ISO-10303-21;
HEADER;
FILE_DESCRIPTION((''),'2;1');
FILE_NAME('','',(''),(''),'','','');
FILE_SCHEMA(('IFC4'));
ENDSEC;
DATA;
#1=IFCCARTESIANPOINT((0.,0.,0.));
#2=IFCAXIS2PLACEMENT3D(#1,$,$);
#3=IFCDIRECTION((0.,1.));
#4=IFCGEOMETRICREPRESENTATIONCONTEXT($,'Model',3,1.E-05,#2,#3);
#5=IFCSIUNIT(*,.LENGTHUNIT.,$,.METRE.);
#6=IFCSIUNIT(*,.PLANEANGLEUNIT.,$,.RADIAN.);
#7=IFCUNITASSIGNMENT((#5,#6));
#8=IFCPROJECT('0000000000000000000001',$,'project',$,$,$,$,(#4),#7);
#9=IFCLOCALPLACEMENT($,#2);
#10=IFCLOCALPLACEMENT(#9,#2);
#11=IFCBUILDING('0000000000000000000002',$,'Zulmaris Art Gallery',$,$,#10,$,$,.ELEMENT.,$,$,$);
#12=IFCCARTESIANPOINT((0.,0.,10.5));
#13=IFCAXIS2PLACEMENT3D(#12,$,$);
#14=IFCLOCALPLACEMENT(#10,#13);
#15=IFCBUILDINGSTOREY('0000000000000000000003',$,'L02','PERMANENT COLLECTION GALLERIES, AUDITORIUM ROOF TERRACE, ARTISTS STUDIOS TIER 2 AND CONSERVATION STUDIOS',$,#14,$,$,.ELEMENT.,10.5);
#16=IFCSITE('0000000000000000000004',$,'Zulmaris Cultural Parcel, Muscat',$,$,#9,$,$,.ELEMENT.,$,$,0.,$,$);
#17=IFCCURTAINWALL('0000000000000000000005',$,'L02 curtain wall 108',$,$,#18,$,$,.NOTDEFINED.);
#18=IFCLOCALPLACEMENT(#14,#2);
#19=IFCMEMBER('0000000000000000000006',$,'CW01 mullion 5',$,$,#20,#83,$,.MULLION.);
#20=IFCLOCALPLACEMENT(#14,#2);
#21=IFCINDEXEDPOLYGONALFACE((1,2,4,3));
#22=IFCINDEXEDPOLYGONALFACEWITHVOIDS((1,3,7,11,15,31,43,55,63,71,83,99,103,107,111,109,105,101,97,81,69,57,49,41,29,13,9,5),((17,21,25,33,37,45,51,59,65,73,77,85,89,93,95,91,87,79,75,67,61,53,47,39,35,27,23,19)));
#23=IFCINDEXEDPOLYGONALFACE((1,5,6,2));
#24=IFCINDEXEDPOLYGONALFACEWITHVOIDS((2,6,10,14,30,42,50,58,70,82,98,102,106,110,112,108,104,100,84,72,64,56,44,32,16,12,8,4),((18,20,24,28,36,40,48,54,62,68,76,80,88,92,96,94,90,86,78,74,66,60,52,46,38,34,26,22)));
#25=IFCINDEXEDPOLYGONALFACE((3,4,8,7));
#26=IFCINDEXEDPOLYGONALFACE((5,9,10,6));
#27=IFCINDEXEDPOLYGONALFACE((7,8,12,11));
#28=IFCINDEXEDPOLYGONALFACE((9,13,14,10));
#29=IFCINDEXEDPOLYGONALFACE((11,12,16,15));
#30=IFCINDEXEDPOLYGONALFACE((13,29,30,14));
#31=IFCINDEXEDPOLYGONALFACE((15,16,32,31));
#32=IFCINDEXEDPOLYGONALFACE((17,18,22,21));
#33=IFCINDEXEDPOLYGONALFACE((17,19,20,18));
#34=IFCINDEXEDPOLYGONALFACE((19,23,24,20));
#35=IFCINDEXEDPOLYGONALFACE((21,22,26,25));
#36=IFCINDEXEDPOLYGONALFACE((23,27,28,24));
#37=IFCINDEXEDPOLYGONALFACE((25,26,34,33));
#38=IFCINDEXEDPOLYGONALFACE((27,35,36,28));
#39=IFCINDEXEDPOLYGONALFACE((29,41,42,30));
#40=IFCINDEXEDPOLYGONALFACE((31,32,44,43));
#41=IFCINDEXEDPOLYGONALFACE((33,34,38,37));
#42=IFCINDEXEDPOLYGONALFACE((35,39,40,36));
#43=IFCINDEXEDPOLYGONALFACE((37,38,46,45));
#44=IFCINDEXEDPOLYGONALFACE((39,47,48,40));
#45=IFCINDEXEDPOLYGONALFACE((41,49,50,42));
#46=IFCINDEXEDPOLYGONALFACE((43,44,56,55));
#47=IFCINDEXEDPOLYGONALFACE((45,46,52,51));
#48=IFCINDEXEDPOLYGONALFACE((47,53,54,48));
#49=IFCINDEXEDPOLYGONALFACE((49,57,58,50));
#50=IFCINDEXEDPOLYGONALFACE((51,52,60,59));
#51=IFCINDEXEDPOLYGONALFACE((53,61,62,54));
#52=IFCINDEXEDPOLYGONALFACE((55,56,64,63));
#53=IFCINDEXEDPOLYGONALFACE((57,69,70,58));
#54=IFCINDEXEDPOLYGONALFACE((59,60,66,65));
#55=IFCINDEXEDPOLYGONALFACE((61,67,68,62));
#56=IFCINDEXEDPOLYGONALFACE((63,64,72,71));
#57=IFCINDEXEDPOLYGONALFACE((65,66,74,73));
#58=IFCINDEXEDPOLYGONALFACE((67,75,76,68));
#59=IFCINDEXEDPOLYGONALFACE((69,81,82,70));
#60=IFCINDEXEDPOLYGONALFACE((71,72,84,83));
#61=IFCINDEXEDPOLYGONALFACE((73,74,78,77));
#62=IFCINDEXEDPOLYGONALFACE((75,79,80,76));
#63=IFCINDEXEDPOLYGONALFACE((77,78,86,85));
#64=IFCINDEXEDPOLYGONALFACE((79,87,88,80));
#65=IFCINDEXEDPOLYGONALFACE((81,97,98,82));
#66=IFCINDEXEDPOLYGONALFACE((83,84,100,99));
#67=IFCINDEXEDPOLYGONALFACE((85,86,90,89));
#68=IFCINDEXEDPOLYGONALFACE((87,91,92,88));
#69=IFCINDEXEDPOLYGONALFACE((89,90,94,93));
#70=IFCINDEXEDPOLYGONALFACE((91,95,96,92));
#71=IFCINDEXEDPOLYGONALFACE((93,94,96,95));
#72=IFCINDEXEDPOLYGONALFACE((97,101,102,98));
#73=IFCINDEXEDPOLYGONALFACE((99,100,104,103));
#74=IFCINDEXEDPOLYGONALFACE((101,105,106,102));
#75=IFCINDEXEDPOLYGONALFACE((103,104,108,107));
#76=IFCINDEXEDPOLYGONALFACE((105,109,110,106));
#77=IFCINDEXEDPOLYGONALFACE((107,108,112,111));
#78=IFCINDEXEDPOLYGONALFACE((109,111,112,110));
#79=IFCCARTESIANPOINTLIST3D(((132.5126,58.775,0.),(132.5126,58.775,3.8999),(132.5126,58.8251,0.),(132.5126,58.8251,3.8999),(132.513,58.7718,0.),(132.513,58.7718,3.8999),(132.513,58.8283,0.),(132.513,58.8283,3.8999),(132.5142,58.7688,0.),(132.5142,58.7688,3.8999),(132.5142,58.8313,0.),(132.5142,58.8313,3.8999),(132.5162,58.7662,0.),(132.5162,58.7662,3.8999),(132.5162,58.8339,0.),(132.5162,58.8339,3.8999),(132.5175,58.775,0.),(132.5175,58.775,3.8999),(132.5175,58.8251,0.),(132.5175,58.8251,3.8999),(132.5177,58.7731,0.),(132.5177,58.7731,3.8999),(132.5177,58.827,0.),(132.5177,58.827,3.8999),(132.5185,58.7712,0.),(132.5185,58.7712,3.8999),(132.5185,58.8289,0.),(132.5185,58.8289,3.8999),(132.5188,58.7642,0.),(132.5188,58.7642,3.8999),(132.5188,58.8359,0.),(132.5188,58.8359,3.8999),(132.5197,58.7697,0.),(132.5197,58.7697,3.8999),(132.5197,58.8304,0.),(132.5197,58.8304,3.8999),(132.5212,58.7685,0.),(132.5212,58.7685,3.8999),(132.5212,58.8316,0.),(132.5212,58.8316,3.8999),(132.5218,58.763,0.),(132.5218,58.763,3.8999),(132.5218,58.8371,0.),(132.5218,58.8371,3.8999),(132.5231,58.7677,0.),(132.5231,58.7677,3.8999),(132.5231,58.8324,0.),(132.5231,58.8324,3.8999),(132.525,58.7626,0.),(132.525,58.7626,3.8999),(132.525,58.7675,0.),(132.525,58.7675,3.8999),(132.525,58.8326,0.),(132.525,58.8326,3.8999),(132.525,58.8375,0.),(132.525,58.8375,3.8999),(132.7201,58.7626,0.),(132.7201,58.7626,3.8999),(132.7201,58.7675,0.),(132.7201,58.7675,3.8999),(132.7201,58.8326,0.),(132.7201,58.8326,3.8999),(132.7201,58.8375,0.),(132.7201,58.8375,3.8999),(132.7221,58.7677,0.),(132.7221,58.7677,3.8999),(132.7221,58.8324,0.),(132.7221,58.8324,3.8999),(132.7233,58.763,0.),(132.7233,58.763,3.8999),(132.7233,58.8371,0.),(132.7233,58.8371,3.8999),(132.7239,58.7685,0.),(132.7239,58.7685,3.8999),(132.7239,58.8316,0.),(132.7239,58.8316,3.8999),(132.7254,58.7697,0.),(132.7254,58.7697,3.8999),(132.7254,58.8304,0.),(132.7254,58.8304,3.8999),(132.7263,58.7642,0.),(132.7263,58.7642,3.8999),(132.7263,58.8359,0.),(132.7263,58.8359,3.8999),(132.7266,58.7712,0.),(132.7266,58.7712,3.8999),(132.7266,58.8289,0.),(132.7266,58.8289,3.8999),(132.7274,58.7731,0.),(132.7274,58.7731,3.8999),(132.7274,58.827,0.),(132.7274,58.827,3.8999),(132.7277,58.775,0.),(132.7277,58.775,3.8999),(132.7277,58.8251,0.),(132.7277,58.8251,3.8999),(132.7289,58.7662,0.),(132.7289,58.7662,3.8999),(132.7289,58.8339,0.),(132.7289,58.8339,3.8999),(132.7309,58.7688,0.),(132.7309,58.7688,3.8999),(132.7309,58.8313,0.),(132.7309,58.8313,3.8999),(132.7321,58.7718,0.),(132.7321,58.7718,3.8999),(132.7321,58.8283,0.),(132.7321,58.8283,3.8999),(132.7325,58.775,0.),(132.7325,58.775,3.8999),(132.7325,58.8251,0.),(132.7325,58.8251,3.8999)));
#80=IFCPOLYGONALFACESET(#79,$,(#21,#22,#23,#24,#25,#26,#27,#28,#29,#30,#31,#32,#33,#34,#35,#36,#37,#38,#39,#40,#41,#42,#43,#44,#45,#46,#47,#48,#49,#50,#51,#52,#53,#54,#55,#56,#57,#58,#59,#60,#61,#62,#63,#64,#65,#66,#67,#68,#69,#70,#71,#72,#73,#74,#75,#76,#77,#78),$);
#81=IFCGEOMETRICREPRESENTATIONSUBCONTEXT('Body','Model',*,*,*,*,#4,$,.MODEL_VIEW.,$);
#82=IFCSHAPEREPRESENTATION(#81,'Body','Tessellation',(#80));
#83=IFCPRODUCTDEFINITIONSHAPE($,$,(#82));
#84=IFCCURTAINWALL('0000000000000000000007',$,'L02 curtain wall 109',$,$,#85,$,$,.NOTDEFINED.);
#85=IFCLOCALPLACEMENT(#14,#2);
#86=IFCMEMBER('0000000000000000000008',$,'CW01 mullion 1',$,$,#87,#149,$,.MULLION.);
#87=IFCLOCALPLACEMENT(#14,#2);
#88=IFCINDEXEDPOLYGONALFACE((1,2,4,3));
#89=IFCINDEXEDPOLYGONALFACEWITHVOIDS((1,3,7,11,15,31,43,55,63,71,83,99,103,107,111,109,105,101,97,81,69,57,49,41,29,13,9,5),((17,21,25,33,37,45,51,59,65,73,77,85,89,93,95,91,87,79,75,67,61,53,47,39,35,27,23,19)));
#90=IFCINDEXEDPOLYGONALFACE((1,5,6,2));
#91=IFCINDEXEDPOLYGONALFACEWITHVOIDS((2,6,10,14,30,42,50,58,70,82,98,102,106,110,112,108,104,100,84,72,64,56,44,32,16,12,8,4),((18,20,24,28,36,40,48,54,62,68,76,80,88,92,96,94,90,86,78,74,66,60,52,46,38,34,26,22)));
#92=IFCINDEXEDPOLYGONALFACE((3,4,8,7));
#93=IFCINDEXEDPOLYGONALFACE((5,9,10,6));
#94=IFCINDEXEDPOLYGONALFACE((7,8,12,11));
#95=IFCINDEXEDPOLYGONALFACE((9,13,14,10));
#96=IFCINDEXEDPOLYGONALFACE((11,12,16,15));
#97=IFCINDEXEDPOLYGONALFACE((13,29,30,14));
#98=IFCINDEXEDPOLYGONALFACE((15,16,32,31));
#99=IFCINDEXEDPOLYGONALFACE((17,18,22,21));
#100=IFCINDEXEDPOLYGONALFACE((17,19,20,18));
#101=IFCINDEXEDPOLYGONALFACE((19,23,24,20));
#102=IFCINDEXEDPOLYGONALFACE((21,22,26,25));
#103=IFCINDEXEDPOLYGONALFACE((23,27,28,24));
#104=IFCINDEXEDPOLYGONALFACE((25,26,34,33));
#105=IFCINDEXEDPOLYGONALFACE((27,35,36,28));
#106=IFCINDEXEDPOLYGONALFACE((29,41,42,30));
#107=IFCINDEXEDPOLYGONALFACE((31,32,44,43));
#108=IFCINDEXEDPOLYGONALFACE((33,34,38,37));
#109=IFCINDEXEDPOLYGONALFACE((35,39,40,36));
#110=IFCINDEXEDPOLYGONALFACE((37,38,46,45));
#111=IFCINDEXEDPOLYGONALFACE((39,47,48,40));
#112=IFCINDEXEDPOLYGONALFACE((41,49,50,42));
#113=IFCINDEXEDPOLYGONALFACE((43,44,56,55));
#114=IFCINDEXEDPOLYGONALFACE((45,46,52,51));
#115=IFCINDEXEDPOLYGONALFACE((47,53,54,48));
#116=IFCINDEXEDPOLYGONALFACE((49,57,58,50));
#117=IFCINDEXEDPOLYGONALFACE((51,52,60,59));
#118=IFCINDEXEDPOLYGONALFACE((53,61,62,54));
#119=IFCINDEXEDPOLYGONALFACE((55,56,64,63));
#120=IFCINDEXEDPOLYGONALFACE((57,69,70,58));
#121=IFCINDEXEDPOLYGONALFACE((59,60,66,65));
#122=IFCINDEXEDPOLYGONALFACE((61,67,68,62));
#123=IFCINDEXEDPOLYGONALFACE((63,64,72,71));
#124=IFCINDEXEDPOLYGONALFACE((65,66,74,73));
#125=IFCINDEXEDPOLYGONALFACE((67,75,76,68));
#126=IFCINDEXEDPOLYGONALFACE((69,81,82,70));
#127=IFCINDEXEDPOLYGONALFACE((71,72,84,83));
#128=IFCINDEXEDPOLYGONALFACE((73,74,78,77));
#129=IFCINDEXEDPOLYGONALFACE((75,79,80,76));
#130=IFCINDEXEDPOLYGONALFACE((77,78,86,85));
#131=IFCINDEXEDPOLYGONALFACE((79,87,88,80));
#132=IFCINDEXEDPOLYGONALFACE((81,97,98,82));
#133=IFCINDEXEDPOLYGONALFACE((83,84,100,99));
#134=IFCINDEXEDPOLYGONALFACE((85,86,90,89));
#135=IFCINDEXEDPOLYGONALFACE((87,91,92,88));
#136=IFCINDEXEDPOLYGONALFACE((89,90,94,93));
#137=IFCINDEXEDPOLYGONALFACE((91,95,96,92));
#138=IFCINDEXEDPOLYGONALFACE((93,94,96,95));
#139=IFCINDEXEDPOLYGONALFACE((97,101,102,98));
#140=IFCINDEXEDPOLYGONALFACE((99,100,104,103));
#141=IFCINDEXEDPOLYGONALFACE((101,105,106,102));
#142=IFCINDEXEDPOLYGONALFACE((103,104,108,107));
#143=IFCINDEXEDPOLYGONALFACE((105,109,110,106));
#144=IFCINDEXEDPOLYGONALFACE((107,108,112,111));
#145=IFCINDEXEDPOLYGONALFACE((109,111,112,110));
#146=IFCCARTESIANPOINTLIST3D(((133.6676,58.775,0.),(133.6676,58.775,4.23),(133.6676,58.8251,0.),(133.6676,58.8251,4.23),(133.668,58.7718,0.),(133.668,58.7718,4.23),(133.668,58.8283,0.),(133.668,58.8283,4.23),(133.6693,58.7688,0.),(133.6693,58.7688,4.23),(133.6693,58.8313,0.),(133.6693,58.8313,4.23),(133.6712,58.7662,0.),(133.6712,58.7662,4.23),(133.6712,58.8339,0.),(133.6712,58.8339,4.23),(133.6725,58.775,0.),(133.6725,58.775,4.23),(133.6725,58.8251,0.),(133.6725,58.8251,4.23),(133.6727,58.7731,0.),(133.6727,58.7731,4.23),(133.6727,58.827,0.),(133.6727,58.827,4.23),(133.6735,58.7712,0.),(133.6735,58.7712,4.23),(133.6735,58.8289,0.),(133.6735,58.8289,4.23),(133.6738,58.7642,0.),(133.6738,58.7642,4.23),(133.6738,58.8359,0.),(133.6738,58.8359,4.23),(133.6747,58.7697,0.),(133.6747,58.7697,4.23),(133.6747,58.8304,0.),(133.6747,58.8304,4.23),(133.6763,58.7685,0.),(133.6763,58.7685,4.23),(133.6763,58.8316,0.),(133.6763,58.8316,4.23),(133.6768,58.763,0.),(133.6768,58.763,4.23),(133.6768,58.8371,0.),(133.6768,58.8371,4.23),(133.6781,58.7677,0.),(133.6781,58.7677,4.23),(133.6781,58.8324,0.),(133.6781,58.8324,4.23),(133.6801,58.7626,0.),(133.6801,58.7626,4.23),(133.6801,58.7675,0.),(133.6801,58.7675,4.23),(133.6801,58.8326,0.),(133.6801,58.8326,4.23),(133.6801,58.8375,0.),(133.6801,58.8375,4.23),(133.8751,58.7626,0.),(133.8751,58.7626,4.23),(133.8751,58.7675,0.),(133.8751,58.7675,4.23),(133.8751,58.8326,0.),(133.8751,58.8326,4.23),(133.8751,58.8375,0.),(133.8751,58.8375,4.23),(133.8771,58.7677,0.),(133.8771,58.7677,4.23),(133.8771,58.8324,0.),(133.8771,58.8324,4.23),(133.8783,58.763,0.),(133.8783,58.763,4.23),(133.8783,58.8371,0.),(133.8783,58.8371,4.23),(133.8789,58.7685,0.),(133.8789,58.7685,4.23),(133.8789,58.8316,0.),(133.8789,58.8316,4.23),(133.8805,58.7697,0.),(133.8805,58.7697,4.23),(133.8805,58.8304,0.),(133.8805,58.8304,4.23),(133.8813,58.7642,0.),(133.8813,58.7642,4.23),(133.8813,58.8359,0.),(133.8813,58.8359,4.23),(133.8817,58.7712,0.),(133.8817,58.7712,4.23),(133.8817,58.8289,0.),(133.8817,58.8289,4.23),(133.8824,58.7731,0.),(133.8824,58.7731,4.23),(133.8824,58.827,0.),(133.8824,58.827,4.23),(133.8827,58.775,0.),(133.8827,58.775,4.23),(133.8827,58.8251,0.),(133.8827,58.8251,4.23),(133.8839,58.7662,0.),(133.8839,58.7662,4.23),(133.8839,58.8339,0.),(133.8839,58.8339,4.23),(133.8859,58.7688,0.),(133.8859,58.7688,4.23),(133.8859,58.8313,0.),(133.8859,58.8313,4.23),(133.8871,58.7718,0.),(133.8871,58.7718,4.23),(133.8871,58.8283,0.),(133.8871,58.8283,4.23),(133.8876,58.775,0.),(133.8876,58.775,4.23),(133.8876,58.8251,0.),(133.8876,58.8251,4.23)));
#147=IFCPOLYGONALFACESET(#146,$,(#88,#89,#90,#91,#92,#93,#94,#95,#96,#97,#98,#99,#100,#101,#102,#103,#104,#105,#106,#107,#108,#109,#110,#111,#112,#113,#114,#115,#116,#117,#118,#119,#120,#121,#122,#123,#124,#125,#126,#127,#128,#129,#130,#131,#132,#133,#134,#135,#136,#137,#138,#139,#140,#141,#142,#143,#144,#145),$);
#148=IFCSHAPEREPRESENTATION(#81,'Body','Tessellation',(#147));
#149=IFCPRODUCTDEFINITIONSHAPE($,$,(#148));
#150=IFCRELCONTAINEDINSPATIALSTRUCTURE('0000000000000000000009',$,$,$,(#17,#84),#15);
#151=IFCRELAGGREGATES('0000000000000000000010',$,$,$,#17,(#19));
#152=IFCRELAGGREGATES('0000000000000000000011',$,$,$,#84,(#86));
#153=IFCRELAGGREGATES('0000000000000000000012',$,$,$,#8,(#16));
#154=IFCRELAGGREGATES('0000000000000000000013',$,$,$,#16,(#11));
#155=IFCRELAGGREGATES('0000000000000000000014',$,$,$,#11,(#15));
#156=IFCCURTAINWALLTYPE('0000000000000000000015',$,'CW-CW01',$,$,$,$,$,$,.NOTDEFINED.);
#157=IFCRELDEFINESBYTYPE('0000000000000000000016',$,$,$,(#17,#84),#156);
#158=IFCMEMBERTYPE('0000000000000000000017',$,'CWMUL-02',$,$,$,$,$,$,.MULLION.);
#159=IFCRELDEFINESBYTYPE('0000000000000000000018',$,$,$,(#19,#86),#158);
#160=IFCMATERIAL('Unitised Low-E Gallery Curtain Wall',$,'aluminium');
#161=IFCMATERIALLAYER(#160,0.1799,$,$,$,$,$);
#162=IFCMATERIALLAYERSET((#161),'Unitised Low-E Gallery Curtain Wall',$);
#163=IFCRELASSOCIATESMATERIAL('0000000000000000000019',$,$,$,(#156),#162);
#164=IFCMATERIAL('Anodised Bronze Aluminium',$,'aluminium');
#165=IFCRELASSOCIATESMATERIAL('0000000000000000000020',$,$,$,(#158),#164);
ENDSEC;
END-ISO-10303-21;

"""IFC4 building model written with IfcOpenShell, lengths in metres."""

from ifc_helpers import new_model, si_unit, direction, frame, origin, origin_2d, place, context, subcontext, project, spatial, hollow_rectangle, extrude, material, layer, layer_set, material_profile, profile_set, type_object, element, aggregate, save


model = new_model("IFC4")

# Units and contexts
model_context = context("Model", 3, precision=1e-05, world=origin(), true_north=direction((0.0, 1.0)))
body_context = subcontext(model_context, "Body", "Model", "MODEL_VIEW")
ifc_project = project(units=[si_unit("LENGTHUNIT", "METRE"), si_unit("PLANEANGLEUNIT", "RADIAN")], contexts=[model_context])

# Site, building, storey
site_placement = place(None, origin())
site = spatial("IfcSite", under=ifc_project, at=site_placement, Name="Zulmaris Cultural Parcel, Muscat", CompositionType="ELEMENT", RefElevation=0.0)
building_placement = place(site_placement, origin())
building = spatial("IfcBuilding", under=site, at=building_placement, Name="Zulmaris Art Gallery", CompositionType="ELEMENT")
storey_placement = place(building_placement, frame((0.0, 0.0, 10.5)))
storey = spatial("IfcBuildingStorey", under=building, at=storey_placement, Name="L02", Description="PERMANENT COLLECTION GALLERIES, AUDITORIUM ROOF TERRACE, ARTISTS STUDIOS TIER 2 AND CONSERVATION STUDIOS", CompositionType="ELEMENT", Elevation=10.5)

# Curtain wall, member
ifc_material_1 = material(Name="Unitised Low-E Gallery Curtain Wall", Category="aluminium")
ifc_layer_1 = layer(ifc_material_1, 0.1799)
ifc_layer_set_1 = layer_set([ifc_layer_1], Name="Unitised Low-E Gallery Curtain Wall")
curtain_wall_type = type_object("IfcCurtainWallType", Name="CW-CW01", PredefinedType="NOTDEFINED", material=ifc_layer_set_1)
curtain_wall_1_placement = place(storey_placement, origin())
curtain_wall_1 = element("IfcCurtainWall", 1, at=curtain_wall_1_placement, inside=storey, type_object=curtain_wall_type, Name="L02 curtain wall 108", PredefinedType="NOTDEFINED")
ifc_material_2 = material(Name="Anodised Bronze Aluminium", Category="aluminium")
ifc_material_profile_1 = material_profile(ifc_material_2, hollow_rectangle(XDim=0.075, YDim=0.22, WallThickness=0.0049, InnerFilletRadius=0.0076, OuterFilletRadius=0.0125, at=origin_2d()), Name="ALU 75x220x5")
ifc_profile_set_1 = profile_set([ifc_material_profile_1], Name="Anodised Bronze Aluminium")
member_type_1 = type_object("IfcMemberType", Name="CWMUL-02", PredefinedType="MULLION", material=ifc_profile_set_1)
member_1_placement = place(storey_placement, frame((132.6226, 58.8, 0.0), z_axis=(0.0, 0.0, 1.0), x_axis=(0.0, 1.0, 0.0)))
member_1 = element("IfcMember", 2, at=member_1_placement, type_object=member_type_1, Name="CW01 mullion 5", PredefinedType="MULLION", context=body_context, shape_type="SweptSolid", body=[
    extrude(hollow_rectangle(XDim=0.075, YDim=0.22, WallThickness=0.0049, InnerFilletRadius=0.0076, OuterFilletRadius=0.0125, at=origin_2d()), origin(), (0.0, 0.0, 1.0), 3.8999),
])

# Curtain wall, member
curtain_wall_2_placement = place(storey_placement, origin())
curtain_wall_2 = element("IfcCurtainWall", 3, at=curtain_wall_2_placement, inside=storey, type_object=curtain_wall_type, Name="L02 curtain wall 109", PredefinedType="NOTDEFINED")
member_2_placement = place(storey_placement, frame((133.7776, 58.8, 0.0), z_axis=(0.0, 0.0, 1.0), x_axis=(0.0, 1.0, 0.0)))
member_2 = element("IfcMember", 4, at=member_2_placement, type_object=member_type_1, Name="CW01 mullion 1", PredefinedType="MULLION", context=body_context, shape_type="SweptSolid", body=[
    extrude(hollow_rectangle(XDim=0.075, YDim=0.22, WallThickness=0.0049, InnerFilletRadius=0.0076, OuterFilletRadius=0.0125, at=origin_2d()), origin(), (0.0, 0.0, 1.0), 4.23),
])

aggregate(curtain_wall_1, [member_1])
aggregate(curtain_wall_2, [member_2])

save(model, "model.ifc")
